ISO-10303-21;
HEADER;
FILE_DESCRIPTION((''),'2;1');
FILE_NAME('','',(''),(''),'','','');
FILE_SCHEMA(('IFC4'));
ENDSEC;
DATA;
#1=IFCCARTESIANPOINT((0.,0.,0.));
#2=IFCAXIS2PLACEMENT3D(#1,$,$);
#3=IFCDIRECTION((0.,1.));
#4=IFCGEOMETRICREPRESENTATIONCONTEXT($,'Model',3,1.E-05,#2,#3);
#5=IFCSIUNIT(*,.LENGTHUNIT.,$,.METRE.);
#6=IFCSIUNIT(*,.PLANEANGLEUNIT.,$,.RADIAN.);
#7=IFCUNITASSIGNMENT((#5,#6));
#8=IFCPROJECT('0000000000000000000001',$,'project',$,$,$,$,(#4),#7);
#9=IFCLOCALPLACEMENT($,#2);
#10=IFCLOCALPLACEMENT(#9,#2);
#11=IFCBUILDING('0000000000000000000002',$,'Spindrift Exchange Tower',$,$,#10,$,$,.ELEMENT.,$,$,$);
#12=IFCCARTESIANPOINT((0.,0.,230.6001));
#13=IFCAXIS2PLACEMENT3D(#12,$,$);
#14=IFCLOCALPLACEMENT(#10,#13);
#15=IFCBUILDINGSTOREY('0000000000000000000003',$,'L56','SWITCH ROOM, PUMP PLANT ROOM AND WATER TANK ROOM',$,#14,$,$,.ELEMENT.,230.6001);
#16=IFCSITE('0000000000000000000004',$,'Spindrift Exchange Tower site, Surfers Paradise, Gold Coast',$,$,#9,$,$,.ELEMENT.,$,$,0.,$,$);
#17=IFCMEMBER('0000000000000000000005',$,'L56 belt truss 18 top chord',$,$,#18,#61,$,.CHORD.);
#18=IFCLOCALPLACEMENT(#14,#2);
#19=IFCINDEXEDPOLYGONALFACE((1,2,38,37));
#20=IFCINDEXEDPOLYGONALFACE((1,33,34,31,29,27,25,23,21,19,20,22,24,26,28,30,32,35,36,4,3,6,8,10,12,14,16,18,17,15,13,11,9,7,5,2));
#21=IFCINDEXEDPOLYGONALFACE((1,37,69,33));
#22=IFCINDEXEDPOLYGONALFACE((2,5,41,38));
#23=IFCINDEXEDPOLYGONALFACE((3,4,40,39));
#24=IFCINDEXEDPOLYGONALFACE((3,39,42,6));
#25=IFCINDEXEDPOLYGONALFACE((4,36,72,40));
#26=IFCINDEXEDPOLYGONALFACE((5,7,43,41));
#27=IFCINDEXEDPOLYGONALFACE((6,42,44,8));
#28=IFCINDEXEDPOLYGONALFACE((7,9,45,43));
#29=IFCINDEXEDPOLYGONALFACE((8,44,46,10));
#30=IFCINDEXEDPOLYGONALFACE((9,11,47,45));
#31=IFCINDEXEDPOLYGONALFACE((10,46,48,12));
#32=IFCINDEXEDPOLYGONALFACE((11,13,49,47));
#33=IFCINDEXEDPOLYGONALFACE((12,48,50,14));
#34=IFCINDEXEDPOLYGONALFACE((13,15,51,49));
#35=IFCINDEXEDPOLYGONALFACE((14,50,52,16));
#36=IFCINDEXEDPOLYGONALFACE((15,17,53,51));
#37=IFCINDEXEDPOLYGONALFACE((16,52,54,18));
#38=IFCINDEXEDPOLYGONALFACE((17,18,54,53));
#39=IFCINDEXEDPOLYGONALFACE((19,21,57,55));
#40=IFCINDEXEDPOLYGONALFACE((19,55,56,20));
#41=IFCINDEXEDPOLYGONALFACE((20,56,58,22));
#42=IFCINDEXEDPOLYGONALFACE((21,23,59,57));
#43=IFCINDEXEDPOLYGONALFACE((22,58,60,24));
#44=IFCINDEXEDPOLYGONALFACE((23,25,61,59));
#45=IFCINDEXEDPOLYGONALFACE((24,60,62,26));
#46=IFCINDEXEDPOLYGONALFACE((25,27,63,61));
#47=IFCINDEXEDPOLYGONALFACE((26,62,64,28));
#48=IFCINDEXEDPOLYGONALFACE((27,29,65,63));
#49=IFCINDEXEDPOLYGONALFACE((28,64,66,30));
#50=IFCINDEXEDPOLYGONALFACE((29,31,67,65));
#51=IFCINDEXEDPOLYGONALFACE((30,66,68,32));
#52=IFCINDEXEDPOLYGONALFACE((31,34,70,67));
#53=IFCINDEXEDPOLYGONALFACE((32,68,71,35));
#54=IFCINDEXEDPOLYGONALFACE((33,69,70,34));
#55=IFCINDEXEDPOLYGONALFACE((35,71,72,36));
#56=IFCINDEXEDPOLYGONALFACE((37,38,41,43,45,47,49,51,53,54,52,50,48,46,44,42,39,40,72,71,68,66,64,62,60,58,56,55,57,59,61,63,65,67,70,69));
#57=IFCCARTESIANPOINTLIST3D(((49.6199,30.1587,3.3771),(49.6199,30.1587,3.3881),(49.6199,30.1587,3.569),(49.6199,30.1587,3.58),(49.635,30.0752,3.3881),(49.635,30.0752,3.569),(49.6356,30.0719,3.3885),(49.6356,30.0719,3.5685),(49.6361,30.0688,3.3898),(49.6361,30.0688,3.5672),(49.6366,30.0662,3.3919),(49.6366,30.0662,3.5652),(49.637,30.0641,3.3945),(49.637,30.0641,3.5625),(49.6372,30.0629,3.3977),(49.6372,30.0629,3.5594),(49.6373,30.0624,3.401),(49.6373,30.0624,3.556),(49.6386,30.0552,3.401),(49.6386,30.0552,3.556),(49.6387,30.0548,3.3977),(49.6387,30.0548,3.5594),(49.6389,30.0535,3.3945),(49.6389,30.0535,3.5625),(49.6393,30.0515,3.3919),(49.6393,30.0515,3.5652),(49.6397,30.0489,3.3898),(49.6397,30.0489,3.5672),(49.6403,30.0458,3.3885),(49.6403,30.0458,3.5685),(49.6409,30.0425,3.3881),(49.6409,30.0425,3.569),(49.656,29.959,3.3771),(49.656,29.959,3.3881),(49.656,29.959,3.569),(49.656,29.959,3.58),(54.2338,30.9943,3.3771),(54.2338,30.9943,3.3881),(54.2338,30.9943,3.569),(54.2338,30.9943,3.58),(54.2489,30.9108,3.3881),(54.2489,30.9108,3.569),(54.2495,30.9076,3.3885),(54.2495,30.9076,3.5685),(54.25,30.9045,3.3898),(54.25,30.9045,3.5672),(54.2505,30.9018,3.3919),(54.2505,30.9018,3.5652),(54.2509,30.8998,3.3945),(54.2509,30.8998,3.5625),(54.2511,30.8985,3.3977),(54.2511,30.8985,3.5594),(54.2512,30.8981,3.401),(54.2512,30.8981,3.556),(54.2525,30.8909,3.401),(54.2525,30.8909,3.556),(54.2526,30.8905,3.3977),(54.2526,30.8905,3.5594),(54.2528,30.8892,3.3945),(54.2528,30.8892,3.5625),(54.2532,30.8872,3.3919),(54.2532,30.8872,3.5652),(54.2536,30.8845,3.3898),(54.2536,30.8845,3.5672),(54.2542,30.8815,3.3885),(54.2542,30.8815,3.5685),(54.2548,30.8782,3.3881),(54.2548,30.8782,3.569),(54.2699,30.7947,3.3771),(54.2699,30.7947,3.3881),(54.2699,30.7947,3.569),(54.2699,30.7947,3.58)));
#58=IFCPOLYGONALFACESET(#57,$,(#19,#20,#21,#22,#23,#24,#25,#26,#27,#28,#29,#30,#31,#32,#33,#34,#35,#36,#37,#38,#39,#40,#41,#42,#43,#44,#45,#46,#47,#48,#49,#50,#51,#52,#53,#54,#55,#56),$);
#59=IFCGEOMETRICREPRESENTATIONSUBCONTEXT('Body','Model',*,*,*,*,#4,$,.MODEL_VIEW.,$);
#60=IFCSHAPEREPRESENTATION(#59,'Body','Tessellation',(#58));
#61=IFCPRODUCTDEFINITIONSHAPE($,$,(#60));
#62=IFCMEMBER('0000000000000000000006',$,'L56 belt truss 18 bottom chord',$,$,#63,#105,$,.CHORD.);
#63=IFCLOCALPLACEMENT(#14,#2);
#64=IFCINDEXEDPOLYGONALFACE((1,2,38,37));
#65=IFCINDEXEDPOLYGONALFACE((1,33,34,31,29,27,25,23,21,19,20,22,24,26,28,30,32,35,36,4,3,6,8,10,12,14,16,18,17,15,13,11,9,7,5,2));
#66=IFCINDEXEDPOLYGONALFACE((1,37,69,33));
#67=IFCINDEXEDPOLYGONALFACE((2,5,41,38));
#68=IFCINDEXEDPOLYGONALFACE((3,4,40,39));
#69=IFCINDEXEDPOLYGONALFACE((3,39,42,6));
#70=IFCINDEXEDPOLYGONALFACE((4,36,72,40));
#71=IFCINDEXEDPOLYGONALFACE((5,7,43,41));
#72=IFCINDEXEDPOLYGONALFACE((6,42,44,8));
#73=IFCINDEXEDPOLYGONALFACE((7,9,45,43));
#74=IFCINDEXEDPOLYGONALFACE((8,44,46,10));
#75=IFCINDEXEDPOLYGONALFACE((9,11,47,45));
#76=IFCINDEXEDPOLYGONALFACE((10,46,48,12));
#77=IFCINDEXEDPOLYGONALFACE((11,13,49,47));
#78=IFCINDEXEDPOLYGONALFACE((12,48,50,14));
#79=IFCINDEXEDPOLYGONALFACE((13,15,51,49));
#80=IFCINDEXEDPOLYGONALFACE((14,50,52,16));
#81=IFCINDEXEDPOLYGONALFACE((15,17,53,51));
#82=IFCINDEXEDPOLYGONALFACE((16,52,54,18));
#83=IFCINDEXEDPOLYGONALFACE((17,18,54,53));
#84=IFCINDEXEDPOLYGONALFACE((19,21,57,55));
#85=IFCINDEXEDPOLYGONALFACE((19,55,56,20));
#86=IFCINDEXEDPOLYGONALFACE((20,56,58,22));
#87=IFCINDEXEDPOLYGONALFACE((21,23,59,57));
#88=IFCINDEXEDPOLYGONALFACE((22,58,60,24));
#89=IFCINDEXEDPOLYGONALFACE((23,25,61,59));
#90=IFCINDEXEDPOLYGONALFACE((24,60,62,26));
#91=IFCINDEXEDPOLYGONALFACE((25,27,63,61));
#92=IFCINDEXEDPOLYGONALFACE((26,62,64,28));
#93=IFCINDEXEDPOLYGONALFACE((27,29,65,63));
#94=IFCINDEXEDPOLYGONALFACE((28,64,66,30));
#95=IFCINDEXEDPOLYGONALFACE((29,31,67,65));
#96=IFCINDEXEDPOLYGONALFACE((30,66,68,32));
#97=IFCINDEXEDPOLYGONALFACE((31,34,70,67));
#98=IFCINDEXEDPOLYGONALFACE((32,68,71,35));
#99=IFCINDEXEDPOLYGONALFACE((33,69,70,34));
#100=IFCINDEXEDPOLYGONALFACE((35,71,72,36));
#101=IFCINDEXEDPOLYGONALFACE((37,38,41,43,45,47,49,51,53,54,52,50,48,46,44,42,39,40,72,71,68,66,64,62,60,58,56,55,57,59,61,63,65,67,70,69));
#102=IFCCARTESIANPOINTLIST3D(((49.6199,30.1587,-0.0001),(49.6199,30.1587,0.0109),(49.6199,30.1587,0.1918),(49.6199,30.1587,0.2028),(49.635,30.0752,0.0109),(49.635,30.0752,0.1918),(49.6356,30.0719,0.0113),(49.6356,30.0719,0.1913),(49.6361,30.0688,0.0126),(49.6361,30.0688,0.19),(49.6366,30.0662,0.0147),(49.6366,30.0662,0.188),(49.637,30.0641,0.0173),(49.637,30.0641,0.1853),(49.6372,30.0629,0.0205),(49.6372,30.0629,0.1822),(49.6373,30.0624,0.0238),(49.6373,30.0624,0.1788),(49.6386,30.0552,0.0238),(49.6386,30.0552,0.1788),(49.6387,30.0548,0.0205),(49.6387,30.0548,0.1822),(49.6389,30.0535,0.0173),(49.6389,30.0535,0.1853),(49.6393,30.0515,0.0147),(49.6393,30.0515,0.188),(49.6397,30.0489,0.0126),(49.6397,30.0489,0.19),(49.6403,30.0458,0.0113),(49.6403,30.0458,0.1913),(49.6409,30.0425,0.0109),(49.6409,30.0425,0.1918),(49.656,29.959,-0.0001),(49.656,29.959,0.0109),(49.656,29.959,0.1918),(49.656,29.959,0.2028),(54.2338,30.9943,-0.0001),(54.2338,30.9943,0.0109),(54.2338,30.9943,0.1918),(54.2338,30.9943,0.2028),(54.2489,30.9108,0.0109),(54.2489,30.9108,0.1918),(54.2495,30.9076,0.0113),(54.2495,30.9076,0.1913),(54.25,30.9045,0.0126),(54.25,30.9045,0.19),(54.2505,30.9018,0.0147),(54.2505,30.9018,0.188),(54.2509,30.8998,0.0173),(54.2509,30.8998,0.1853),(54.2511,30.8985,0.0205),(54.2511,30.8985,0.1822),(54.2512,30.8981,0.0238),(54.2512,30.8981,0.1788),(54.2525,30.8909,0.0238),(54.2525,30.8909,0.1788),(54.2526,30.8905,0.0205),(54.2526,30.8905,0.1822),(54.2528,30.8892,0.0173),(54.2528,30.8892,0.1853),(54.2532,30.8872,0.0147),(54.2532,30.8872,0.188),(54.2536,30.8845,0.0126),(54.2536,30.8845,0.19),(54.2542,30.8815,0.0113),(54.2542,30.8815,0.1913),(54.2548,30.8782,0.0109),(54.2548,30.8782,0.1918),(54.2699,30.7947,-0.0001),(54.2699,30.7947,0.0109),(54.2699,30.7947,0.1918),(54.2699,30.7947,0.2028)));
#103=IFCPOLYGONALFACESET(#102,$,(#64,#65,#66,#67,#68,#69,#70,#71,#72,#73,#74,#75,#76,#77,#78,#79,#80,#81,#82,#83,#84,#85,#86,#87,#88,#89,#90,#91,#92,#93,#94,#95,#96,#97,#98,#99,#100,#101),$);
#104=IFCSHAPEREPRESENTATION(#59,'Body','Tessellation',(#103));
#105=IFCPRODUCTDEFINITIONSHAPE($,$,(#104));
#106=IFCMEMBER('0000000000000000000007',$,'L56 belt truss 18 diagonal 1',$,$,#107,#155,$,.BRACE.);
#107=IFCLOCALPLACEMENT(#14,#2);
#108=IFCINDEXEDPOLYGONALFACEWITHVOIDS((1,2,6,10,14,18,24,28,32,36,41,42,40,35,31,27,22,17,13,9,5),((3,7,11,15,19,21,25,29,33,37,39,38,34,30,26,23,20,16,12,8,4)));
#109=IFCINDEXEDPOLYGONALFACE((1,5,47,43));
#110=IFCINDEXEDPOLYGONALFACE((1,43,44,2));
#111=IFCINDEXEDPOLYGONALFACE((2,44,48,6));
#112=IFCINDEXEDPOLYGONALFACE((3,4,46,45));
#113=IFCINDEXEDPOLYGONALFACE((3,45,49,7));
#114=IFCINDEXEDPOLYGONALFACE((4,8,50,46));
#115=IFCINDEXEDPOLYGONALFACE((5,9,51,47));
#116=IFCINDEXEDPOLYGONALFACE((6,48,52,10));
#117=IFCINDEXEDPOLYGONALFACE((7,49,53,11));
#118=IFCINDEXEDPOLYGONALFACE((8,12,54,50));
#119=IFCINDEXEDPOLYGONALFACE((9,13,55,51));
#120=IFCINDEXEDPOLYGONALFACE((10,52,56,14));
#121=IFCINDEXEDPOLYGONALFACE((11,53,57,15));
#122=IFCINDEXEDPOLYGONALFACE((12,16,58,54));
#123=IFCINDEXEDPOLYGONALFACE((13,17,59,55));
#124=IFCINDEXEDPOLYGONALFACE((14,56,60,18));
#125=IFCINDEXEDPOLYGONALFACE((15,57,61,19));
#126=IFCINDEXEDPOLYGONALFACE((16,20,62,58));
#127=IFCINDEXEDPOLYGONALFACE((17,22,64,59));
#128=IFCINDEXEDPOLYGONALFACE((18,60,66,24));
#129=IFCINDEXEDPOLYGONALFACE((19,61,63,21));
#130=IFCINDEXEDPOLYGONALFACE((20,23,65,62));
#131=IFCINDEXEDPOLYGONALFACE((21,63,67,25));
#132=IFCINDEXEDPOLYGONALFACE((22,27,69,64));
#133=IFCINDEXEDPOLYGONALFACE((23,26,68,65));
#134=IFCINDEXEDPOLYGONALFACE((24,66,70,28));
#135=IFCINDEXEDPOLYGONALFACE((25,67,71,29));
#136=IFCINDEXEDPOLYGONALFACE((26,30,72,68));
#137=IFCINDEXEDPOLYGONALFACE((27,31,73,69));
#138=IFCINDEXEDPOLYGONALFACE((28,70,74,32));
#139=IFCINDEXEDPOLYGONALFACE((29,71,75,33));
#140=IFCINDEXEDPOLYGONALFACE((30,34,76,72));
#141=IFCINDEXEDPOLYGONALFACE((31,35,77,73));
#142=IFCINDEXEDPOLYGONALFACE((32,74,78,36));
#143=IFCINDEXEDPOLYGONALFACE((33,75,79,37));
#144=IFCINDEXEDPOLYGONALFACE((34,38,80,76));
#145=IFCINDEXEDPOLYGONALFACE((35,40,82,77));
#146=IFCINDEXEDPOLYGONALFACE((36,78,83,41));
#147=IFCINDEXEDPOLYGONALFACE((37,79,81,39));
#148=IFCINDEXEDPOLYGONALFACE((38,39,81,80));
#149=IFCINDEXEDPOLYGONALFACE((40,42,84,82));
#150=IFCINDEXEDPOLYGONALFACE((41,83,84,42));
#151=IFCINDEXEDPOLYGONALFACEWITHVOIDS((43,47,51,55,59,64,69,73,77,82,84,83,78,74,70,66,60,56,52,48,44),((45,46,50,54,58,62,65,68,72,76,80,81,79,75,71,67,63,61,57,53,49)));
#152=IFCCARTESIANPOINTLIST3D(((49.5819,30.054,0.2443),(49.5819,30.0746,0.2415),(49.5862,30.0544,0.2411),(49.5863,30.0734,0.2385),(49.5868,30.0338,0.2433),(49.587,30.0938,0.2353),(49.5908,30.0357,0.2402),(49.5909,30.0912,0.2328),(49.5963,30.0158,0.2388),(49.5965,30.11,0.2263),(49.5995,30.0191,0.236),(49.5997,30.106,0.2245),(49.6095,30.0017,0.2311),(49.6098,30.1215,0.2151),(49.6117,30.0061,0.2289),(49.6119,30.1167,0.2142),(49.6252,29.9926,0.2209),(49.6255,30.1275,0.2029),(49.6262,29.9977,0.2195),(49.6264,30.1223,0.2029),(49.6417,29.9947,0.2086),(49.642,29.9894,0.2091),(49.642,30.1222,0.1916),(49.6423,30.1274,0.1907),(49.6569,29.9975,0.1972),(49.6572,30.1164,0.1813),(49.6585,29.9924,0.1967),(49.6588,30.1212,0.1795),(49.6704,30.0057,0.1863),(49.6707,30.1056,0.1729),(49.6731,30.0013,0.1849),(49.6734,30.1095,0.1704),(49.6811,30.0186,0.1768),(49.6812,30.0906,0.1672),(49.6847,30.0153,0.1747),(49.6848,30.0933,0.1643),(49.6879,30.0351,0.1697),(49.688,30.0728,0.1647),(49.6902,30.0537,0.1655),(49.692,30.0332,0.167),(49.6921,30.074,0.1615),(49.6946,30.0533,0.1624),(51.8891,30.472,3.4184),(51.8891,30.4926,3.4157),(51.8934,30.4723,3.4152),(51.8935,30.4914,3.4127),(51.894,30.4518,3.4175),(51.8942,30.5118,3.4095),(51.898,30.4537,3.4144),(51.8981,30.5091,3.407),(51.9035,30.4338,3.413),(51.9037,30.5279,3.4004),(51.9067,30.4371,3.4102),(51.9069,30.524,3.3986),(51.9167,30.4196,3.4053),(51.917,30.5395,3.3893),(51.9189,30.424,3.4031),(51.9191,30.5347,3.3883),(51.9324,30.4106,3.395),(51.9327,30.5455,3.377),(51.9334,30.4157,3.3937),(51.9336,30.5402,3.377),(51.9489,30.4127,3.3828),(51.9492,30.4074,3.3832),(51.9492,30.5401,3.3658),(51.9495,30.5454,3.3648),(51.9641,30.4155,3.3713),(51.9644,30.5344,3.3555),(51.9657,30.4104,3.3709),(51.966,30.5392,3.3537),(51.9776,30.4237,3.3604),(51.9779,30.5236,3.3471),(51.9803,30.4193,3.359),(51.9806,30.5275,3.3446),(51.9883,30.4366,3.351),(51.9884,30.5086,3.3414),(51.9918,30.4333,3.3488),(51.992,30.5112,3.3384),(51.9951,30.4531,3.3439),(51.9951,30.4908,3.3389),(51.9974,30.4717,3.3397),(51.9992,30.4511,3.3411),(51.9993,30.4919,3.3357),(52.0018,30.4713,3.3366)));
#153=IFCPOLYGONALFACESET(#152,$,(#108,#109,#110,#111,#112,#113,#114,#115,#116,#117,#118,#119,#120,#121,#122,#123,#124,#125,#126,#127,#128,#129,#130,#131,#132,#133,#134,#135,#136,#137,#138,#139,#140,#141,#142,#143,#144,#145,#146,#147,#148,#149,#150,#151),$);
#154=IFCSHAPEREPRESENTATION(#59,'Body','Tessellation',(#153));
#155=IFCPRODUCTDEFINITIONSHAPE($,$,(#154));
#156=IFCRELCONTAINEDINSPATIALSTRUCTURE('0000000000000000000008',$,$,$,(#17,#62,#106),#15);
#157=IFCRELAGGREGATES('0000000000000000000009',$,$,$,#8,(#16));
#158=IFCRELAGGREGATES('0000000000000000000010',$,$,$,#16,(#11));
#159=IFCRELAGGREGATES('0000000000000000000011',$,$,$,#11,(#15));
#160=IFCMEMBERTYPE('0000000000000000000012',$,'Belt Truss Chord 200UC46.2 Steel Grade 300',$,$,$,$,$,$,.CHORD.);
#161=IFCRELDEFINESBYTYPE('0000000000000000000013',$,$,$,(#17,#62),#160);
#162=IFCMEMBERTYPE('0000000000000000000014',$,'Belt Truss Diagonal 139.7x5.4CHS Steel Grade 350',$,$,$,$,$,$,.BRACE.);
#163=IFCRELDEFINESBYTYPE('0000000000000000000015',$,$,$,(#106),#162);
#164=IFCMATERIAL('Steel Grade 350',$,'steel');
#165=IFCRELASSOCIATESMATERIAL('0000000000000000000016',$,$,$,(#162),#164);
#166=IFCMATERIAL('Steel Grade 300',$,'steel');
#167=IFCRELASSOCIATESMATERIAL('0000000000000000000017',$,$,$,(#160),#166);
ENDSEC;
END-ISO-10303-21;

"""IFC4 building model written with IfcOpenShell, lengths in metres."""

from ifc_helpers import new_model, si_unit, direction, frame, origin, origin_2d, place, context, subcontext, project, spatial, hollow_circle, i_section, extrude, source, transform, mapped, material, material_profile, profile_set, type_object, element, save


model = new_model("IFC4")

# Units and contexts
model_context = context("Model", 3, precision=1e-05, world=origin(), true_north=direction((0.0, 1.0)))
body_context = subcontext(model_context, "Body", "Model", "MODEL_VIEW")
ifc_project = project(units=[si_unit("LENGTHUNIT", "METRE"), si_unit("PLANEANGLEUNIT", "RADIAN")], contexts=[model_context])

# Site, building, storey
site_placement = place(None, origin())
site = spatial("IfcSite", under=ifc_project, at=site_placement, Name="Spindrift Exchange Tower site, Surfers Paradise, Gold Coast", CompositionType="ELEMENT", RefElevation=0.0)
building_placement = place(site_placement, origin())
building = spatial("IfcBuilding", under=site, at=building_placement, Name="Spindrift Exchange Tower", CompositionType="ELEMENT")
storey_placement = place(building_placement, frame((0.0, 0.0, 230.6001)))
storey = spatial("IfcBuildingStorey", under=building, at=storey_placement, Name="L56", Description="SWITCH ROOM, PUMP PLANT ROOM AND WATER TANK ROOM", CompositionType="ELEMENT", Elevation=230.6001)

# Members
ifc_material_1 = material(Name="Steel Grade 350", Category="steel")
ifc_material_profile_1 = material_profile(ifc_material_1, hollow_circle(Radius=0.0698, WallThickness=0.0054, at=origin_2d()), Name="139.7x5.4CHS")
ifc_profile_set_1 = profile_set([ifc_material_profile_1], Name="Steel Grade 350")
member_type_1 = type_object("IfcMemberType", Name="Belt Truss Diagonal 139.7x5.4CHS Steel Grade 350", PredefinedType="BRACE", material=ifc_profile_set_1)
ifc_material_2 = material(Name="Steel Grade 300", Category="steel")
ifc_material_profile_2 = material_profile(ifc_material_2, i_section(OverallWidth=0.2029, OverallDepth=0.2029, WebThickness=0.0073, FlangeThickness=0.011, FilletRadius=0.0129, at=origin_2d()), Name="200UC46.2")
ifc_profile_set_2 = profile_set([ifc_material_profile_2], Name="Steel Grade 300")
member_type_2 = type_object("IfcMemberType", Name="Belt Truss Chord 200UC46.2 Steel Grade 300", PredefinedType="CHORD", material=ifc_profile_set_2)
shared_shape_1 = source(origin(), body_context, "Body", "SweptSolid", [
    extrude(i_section(OverallWidth=0.2029, OverallDepth=0.2029, WebThickness=0.0073, FlangeThickness=0.011, FilletRadius=0.0129, at=origin_2d()), origin(), (0.0, 0.0, 1.0), 4.689),
])
for number, where, z_axis, x_axis, name in (
    (1, (49.6379, 30.0588, 3.4785), (0.98399, 0.178221, 0.0), (-0.178221, 0.98399, 0.0), "L56 belt truss 18 top chord"),
    (2, (49.6379, 30.0588, 0.1013), (0.98399, 0.178221, 0.0), (-0.178221, 0.98399, 0.0), "L56 belt truss 18 bottom chord"),
):
    element("IfcMember", number, at=place(storey_placement, frame(where, z_axis=z_axis, x_axis=x_axis)), inside=storey, type_object=member_type_2, Name=name, PredefinedType="CHORD", context=body_context, shape_type="MappedRepresentation", body=[
        mapped(shared_shape_1, transform((0.0, 0.0, 0.0), scale=1.0)),
    ])
shared_shape_2 = source(origin(), body_context, "Body", "SweptSolid", [
    extrude(hollow_circle(Radius=0.0698, WallThickness=0.0054, at=origin_2d()), origin(), (0.0, 0.0, 1.0), 3.9463),
])
member_1_placement = place(storey_placement, frame((49.6379, 30.0588, 0.2029), z_axis=(0.58465, 0.105918, 0.804342), x_axis=(-0.178262, 0.983983, 0.0)))
element("IfcMember", 3, at=member_1_placement, inside=storey, type_object=member_type_1, Name="L56 belt truss 18 diagonal 1", PredefinedType="BRACE", context=body_context, shape_type="MappedRepresentation", body=[
    mapped(shared_shape_2, transform((0.0, 0.0, 0.0), scale=1.0)),
])

save(model, "model.ifc")
